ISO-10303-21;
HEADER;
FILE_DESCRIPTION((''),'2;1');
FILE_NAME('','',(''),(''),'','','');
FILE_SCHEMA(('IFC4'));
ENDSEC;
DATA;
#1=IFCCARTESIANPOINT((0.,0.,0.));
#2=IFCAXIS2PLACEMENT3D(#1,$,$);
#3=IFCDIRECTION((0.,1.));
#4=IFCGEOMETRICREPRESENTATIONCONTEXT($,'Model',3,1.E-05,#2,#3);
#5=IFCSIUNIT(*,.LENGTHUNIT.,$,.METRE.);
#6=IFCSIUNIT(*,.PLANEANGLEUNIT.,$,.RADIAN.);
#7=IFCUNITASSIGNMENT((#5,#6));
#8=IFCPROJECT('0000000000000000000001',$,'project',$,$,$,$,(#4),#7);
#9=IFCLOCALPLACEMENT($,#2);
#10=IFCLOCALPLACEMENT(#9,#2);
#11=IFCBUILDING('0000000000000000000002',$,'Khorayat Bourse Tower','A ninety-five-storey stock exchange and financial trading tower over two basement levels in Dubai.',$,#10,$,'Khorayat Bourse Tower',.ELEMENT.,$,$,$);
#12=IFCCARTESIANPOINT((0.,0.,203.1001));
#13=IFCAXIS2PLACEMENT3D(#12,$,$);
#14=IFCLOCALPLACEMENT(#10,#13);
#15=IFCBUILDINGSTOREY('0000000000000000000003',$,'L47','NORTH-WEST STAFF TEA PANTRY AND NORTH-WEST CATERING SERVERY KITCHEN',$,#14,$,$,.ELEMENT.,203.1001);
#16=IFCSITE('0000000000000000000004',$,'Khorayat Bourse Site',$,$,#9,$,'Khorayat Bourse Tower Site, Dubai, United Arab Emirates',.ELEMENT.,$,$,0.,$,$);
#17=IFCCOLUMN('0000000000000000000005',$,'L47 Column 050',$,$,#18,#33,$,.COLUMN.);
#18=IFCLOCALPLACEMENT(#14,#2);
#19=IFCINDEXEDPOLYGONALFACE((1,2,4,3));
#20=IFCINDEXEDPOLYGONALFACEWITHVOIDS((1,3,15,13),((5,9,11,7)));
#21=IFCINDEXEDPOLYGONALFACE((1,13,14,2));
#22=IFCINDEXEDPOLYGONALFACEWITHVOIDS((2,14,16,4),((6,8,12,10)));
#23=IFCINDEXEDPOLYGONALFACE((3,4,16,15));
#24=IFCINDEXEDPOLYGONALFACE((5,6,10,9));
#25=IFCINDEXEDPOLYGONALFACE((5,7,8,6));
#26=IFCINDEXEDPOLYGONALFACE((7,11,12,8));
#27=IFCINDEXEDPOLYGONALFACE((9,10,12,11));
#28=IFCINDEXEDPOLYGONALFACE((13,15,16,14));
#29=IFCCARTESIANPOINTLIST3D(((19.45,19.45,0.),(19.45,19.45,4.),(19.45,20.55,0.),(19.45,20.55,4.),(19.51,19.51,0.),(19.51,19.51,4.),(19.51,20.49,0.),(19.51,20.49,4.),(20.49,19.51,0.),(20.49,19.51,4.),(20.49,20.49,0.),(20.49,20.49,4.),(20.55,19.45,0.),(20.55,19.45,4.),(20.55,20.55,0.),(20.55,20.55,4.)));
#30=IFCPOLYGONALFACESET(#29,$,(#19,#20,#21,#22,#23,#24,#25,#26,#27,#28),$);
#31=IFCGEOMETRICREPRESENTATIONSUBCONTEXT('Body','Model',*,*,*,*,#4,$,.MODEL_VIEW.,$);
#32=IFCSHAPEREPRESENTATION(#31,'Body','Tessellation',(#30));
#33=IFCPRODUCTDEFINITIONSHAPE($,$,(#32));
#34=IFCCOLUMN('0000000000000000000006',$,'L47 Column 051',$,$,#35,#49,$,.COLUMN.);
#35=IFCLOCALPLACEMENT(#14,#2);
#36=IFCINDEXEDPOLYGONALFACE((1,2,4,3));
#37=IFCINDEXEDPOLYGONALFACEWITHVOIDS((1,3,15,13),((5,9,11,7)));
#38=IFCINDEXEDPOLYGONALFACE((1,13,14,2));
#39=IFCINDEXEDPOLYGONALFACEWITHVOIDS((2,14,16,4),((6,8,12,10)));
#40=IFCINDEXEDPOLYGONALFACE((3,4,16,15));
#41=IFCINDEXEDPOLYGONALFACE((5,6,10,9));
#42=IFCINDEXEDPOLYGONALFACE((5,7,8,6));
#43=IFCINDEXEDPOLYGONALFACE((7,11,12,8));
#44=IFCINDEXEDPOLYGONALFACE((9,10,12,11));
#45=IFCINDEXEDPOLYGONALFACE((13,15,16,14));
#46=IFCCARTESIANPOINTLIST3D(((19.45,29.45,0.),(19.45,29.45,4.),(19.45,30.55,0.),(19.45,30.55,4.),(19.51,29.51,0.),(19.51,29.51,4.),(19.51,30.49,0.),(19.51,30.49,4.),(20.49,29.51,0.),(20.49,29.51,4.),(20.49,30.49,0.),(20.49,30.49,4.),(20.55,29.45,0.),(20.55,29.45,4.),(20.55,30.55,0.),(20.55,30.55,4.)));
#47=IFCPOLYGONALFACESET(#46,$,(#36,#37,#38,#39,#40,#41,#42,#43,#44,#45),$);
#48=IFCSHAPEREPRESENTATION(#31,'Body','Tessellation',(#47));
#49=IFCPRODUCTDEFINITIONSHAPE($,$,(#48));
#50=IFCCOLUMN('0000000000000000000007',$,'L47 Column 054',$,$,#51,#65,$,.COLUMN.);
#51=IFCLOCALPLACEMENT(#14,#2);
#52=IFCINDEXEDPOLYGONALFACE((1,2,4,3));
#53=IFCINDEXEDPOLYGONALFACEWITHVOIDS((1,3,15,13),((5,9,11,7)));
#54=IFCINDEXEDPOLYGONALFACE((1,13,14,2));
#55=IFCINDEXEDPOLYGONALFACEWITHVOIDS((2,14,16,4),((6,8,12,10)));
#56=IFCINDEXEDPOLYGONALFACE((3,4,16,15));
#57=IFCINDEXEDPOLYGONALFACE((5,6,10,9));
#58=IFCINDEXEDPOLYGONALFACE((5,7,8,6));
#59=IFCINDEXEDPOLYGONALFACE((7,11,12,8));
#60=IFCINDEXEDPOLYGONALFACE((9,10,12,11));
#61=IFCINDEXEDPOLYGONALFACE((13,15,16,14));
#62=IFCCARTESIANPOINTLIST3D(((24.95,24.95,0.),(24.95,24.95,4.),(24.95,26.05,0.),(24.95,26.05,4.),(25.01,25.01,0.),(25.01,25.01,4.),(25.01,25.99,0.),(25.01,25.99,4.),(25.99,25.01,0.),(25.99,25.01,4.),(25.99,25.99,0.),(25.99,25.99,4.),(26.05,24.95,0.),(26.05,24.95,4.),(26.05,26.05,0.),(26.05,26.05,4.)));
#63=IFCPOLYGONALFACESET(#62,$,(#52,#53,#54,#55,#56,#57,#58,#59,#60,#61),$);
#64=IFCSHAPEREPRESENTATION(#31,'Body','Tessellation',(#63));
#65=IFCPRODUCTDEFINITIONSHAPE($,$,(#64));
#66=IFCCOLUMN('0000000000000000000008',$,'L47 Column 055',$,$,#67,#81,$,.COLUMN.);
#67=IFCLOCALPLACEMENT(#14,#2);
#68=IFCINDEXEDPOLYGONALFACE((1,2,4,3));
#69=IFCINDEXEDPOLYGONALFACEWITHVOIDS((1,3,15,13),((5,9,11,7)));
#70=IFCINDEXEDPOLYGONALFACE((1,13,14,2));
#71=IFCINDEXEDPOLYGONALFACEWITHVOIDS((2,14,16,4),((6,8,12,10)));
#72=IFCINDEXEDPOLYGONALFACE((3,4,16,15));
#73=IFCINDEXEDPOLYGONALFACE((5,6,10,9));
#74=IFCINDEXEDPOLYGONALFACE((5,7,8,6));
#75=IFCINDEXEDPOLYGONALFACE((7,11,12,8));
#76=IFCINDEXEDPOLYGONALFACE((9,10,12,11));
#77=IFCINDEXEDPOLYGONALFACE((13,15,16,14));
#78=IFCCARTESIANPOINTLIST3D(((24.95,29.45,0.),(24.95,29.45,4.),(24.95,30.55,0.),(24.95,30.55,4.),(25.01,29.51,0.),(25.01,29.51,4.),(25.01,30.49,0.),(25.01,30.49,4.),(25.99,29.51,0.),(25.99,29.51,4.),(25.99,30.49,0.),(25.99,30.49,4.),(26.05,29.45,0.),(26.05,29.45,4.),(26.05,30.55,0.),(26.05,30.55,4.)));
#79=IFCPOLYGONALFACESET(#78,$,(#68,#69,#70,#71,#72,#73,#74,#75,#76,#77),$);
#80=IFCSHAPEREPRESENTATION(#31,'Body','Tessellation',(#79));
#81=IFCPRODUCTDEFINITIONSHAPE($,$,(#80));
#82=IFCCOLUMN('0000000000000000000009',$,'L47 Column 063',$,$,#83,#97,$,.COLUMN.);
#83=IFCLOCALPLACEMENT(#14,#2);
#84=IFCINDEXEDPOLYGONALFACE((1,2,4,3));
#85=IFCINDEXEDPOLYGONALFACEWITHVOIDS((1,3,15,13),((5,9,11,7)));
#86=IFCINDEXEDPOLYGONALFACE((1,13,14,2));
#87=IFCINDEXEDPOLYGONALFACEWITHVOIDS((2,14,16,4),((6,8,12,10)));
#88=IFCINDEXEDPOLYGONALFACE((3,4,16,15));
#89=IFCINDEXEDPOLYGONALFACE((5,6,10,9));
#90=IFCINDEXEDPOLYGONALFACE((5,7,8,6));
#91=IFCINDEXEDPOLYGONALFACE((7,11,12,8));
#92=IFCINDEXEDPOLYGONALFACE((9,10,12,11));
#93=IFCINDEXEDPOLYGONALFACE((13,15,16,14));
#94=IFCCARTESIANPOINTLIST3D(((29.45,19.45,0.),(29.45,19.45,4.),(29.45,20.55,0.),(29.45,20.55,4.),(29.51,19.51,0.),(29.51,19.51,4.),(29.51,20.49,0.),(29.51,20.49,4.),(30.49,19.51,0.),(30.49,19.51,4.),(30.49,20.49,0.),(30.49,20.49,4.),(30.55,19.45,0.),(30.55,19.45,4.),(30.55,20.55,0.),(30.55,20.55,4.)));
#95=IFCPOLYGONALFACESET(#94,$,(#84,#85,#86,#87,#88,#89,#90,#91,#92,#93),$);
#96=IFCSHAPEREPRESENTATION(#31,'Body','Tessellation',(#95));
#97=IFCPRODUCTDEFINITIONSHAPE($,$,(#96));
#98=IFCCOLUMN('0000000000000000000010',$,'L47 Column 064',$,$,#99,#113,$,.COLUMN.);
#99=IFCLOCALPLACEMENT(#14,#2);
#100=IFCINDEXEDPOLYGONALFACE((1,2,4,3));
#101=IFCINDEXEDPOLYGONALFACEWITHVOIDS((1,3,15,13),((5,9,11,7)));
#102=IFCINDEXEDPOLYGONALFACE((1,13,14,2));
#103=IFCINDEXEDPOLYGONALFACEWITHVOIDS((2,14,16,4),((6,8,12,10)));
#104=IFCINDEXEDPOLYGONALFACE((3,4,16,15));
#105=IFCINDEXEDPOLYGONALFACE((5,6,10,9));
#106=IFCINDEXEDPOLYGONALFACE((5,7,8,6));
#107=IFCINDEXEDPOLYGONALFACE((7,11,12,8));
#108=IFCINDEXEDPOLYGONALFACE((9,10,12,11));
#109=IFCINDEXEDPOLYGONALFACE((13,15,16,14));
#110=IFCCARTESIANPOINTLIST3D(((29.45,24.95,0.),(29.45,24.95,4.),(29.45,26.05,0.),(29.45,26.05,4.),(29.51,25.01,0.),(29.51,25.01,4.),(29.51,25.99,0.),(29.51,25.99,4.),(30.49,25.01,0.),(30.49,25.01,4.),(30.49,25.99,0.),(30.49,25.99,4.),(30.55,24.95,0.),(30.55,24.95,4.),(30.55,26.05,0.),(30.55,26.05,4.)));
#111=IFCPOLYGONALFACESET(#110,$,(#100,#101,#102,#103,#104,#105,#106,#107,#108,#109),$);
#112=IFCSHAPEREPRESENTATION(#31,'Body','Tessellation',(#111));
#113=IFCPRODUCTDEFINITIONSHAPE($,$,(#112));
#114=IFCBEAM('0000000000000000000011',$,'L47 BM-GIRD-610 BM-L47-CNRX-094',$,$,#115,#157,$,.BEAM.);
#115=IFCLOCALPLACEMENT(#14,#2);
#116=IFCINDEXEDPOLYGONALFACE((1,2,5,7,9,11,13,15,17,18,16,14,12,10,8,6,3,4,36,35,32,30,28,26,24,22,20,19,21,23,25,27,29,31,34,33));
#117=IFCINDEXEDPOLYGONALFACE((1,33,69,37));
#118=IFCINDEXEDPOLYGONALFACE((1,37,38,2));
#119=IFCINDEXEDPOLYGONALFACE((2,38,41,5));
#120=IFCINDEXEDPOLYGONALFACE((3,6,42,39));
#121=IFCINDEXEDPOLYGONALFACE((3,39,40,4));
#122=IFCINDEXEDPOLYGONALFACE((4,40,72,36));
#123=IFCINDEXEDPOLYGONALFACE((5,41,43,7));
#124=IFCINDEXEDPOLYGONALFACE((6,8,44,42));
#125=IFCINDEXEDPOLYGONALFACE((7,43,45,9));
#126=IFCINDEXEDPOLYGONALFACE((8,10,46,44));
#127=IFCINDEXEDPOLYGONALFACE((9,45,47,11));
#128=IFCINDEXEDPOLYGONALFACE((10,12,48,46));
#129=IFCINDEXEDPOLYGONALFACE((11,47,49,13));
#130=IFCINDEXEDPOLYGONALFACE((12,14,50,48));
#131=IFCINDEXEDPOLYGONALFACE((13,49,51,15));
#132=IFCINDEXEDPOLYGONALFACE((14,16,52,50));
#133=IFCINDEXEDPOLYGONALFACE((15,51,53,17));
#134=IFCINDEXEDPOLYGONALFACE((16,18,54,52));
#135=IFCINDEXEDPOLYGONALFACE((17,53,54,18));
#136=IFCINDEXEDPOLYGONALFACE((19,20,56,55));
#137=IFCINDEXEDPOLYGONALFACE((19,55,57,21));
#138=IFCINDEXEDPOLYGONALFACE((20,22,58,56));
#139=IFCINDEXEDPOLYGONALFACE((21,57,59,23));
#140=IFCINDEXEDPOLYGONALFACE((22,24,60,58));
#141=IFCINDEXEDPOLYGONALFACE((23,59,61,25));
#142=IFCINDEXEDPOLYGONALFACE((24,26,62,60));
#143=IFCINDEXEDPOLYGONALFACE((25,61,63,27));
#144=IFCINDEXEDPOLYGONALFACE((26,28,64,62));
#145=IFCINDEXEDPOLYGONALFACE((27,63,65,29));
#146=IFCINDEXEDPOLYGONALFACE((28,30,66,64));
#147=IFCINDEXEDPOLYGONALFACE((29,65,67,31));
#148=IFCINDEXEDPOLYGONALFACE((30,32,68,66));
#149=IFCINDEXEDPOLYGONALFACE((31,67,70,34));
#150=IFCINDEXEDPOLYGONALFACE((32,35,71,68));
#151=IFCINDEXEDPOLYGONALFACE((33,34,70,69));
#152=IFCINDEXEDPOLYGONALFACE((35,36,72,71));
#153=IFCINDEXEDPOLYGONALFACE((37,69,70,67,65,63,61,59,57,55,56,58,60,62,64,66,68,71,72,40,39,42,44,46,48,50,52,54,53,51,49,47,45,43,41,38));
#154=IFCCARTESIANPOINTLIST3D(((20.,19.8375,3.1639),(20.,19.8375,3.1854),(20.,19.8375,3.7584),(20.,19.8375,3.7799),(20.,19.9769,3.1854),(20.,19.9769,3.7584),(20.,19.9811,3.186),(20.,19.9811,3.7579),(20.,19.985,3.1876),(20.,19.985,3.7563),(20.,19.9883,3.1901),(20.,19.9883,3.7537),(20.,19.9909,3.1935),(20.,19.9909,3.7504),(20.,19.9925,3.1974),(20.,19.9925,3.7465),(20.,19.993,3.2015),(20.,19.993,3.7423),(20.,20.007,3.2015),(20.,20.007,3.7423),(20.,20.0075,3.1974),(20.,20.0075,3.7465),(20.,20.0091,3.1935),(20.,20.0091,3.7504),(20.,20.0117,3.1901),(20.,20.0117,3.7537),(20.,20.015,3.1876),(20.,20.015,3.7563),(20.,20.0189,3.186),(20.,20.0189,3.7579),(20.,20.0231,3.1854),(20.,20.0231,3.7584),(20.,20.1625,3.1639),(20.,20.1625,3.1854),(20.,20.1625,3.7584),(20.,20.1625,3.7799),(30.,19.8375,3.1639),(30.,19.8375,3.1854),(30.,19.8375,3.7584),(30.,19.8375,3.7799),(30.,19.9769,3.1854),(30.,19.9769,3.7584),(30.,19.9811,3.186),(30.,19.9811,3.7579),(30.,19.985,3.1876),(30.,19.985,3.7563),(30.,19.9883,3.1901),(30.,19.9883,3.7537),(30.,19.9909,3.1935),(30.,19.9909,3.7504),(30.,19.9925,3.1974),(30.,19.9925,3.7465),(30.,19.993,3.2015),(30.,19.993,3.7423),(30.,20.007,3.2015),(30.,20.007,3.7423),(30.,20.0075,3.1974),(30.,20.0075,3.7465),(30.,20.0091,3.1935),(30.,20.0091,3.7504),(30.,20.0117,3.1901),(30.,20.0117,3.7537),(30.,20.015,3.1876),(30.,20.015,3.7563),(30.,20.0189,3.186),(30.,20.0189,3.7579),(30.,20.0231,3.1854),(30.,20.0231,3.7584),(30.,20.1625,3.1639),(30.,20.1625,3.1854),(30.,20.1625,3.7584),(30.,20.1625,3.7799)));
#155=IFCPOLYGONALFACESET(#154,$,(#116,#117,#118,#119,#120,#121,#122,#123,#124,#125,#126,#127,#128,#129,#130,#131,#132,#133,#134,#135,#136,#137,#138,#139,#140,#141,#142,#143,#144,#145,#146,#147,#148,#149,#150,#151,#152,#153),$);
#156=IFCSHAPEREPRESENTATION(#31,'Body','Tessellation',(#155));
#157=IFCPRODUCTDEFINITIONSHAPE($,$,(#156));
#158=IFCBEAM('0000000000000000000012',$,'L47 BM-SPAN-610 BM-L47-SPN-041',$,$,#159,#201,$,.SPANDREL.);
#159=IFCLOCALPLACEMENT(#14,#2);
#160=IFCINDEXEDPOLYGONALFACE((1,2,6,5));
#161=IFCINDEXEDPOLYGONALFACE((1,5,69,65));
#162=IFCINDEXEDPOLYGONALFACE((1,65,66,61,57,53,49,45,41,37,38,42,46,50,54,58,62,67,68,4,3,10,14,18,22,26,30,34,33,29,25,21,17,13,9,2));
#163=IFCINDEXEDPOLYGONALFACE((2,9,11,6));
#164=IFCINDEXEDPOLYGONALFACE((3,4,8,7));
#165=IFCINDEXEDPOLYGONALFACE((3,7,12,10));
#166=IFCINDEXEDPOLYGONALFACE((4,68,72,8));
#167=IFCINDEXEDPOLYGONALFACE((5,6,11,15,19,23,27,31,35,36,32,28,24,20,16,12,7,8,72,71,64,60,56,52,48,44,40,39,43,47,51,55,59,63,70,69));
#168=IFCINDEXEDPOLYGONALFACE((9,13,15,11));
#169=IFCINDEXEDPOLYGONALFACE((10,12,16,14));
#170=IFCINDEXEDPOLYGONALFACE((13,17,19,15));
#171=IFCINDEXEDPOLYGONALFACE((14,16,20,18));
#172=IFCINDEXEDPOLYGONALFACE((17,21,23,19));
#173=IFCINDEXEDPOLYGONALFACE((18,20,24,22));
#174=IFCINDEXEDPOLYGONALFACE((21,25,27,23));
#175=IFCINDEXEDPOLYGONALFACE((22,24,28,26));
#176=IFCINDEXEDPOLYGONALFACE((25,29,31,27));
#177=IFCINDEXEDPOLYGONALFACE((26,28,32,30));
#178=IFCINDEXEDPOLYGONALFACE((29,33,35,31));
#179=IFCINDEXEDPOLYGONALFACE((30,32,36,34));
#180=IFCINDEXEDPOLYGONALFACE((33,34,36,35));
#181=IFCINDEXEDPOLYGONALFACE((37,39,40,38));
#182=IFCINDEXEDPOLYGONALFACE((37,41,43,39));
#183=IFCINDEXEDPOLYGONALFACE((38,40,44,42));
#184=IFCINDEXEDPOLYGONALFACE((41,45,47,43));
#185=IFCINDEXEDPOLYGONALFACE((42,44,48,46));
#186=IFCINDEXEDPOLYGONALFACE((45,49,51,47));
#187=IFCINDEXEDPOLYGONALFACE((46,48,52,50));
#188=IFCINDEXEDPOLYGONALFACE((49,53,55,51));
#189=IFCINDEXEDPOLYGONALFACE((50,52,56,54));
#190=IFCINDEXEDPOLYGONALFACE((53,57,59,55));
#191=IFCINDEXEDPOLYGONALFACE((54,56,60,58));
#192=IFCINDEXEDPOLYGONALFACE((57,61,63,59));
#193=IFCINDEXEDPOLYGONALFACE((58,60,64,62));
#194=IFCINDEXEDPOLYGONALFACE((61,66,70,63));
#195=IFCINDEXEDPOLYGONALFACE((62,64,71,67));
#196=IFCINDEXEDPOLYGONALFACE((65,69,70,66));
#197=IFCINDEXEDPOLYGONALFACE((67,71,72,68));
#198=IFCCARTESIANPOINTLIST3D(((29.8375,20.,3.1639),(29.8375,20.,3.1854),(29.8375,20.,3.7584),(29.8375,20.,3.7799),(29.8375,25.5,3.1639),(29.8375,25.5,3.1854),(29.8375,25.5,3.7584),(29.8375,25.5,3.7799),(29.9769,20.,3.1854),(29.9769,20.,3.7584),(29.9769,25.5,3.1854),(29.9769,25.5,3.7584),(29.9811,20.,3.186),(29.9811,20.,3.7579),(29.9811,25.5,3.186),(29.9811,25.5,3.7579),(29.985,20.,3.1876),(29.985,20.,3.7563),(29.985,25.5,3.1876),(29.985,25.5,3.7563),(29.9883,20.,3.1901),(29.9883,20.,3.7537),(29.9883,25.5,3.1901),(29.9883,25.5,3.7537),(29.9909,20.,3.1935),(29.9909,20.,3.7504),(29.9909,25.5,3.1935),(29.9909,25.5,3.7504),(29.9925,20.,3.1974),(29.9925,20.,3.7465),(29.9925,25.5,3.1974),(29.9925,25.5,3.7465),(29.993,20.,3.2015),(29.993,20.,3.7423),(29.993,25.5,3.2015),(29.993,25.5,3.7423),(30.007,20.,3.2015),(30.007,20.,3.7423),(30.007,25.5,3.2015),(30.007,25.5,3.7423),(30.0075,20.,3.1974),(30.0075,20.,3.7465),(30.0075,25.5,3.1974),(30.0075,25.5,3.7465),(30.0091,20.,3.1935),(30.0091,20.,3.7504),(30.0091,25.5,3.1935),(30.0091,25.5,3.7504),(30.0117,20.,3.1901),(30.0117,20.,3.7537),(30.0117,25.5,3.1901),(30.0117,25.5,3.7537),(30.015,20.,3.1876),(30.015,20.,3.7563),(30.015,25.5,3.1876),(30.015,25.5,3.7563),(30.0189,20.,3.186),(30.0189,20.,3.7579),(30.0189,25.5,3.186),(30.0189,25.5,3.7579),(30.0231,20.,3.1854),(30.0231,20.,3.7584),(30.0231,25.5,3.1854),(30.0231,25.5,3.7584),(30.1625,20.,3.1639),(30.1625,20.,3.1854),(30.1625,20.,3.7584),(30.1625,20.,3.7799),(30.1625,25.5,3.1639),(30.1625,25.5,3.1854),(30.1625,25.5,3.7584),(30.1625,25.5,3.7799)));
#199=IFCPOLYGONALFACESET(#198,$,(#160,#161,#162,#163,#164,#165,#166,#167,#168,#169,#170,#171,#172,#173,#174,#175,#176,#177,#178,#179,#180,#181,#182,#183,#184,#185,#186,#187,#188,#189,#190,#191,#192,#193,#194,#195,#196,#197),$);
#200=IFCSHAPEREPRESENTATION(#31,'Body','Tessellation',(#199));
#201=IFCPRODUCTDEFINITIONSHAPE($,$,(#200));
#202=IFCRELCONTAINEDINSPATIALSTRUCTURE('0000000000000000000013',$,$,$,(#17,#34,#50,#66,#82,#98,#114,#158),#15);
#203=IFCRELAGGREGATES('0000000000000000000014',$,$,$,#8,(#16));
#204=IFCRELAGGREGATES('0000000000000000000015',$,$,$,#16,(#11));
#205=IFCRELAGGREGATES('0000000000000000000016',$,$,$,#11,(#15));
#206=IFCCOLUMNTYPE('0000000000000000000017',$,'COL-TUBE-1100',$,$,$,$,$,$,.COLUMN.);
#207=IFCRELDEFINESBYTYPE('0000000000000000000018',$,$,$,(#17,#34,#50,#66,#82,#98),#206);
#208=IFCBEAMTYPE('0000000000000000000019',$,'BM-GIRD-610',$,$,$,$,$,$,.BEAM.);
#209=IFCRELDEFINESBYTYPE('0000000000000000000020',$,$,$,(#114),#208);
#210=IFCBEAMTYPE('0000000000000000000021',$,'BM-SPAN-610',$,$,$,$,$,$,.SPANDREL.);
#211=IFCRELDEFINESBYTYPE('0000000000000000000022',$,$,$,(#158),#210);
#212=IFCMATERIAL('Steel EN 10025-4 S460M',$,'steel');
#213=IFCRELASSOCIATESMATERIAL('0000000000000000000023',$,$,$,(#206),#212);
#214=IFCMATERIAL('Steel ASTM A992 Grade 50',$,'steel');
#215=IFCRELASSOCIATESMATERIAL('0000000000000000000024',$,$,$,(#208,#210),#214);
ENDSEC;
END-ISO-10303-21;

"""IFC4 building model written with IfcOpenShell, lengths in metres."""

from ifc_helpers import new_model, si_unit, direction, frame, origin, origin_2d, place, context, subcontext, project, spatial, hollow_rectangle, i_section, extrude, source, transform, mapped, material, material_profile, profile_set, type_object, element, save


model = new_model("IFC4")

# Units and contexts
model_context = context("Model", 3, precision=1e-05, world=origin(), true_north=direction((0.0, 1.0)))
body_context = subcontext(model_context, "Body", "Model", "MODEL_VIEW")
ifc_project = project(units=[si_unit("LENGTHUNIT", "METRE"), si_unit("PLANEANGLEUNIT", "RADIAN")], contexts=[model_context])

# Site, building, storey
site_placement = place(None, origin())
site = spatial("IfcSite", under=ifc_project, at=site_placement, Name="Khorayat Bourse Site", LongName="Khorayat Bourse Tower Site, Dubai, United Arab Emirates", CompositionType="ELEMENT", RefElevation=0.0)
building_placement = place(site_placement, origin())
building = spatial("IfcBuilding", under=site, at=building_placement, Name="Khorayat Bourse Tower", Description="A ninety-five-storey stock exchange and financial trading tower over two basement levels in Dubai.", LongName="Khorayat Bourse Tower", CompositionType="ELEMENT")
storey_placement = place(building_placement, frame((0.0, 0.0, 203.1001)))
storey = spatial("IfcBuildingStorey", under=building, at=storey_placement, Name="L47", Description="NORTH-WEST STAFF TEA PANTRY AND NORTH-WEST CATERING SERVERY KITCHEN", CompositionType="ELEMENT", Elevation=203.1001)

# Columns
ifc_material_1 = material(Name="Steel EN 10025-4 S460M", Category="steel")
ifc_material_profile_1 = material_profile(ifc_material_1, hollow_rectangle(XDim=1.1001, YDim=1.1001, WallThickness=0.0601, at=origin_2d()), Name="BOX 1100x1100x60")
ifc_profile_set_1 = profile_set([ifc_material_profile_1], Name="Steel EN 10025-4 S460M")
column_type = type_object("IfcColumnType", Name="COL-TUBE-1100", PredefinedType="COLUMN", material=ifc_profile_set_1)
shared_shape_1 = source(origin(), body_context, "Body", "SweptSolid", [
    extrude(hollow_rectangle(XDim=1.1001, YDim=1.1001, WallThickness=0.0601, at=origin_2d()), origin(), (0.0, 0.0, 1.0), 4.0),
])
for number, where, z_axis, x_axis, name in (
    (1, (20.0, 20.0, 0.0), (0.0, 0.0, 1.0), (1.0, 0.0, 0.0), "L47 Column 050"),
    (2, (20.0, 30.0, 0.0), (0.0, 0.0, 1.0), (1.0, 0.0, 0.0), "L47 Column 051"),
    (3, (25.5, 25.5, 0.0), (0.0, 0.0, 1.0), (1.0, 0.0, 0.0), "L47 Column 054"),
    (4, (25.5, 30.0, 0.0), (0.0, 0.0, 1.0), (1.0, 0.0, 0.0), "L47 Column 055"),
    (5, (30.0, 20.0, 0.0), (0.0, 0.0, 1.0), (1.0, 0.0, 0.0), "L47 Column 063"),
    (6, (30.0, 25.5, 0.0), (0.0, 0.0, 1.0), (1.0, 0.0, 0.0), "L47 Column 064"),
):
    element("IfcColumn", number, at=place(storey_placement, frame(where, z_axis=z_axis, x_axis=x_axis)), inside=storey, type_object=column_type, Name=name, PredefinedType="COLUMN", context=body_context, shape_type="MappedRepresentation", body=[
        mapped(shared_shape_1, transform((0.0, 0.0, 0.0), scale=1.0)),
    ])

# Beams
ifc_material_2 = material(Name="Steel ASTM A992 Grade 50", Category="steel")
ifc_material_profile_2 = material_profile(ifc_material_2, i_section(OverallWidth=0.325, OverallDepth=0.616, WebThickness=0.0139, FlangeThickness=0.0215, FilletRadius=0.0161, at=origin_2d()), Name="W610X174")
ifc_profile_set_2 = profile_set([ifc_material_profile_2], Name="Steel ASTM A992 Grade 50")
beam_type_1 = type_object("IfcBeamType", Name="BM-GIRD-610", PredefinedType="BEAM", material=ifc_profile_set_2)
shared_shape_2 = source(origin(), body_context, "Body", "SweptSolid", [
    extrude(i_section(OverallWidth=0.325, OverallDepth=0.616, WebThickness=0.0139, FlangeThickness=0.0215, FilletRadius=0.0161, at=origin_2d()), origin(), (0.0, 0.0, 1.0), 10.0),
])
beam_placement = place(storey_placement, frame((20.0, 20.0, 3.4719), z_axis=(1.0, 0.0, 0.0), x_axis=(0.0, 1.0, 0.0)))
element("IfcBeam", 7, at=beam_placement, inside=storey, type_object=beam_type_1, Name="L47 BM-GIRD-610 BM-L47-CNRX-094", PredefinedType="BEAM", context=body_context, shape_type="MappedRepresentation", body=[
    mapped(shared_shape_2, transform((0.0, 0.0, 0.0), scale=1.0)),
])
ifc_material_profile_3 = material_profile(ifc_material_2, i_section(OverallWidth=0.325, OverallDepth=0.616, WebThickness=0.0139, FlangeThickness=0.0215, FilletRadius=0.0161, at=origin_2d()), Name="W610X174")
ifc_profile_set_3 = profile_set([ifc_material_profile_3], Name="Steel ASTM A992 Grade 50")
beam_type_2 = type_object("IfcBeamType", Name="BM-SPAN-610", PredefinedType="SPANDREL", material=ifc_profile_set_3)
shared_shape_3 = source(origin(), body_context, "Body", "SweptSolid", [
    extrude(i_section(OverallWidth=0.325, OverallDepth=0.616, WebThickness=0.0139, FlangeThickness=0.0215, FilletRadius=0.0161, at=origin_2d()), origin(), (0.0, 0.0, 1.0), 5.5),
])
for number, where, z_axis, x_axis, name in (
    (8, (30.0, 20.0, 3.4719), (0.0, 1.0, 0.0), (-1.0, 0.0, 0.0), "L47 BM-SPAN-610 BM-L47-SPN-041"),
):
    element("IfcBeam", number, at=place(storey_placement, frame(where, z_axis=z_axis, x_axis=x_axis)), inside=storey, type_object=beam_type_2, Name=name, PredefinedType="SPANDREL", context=body_context, shape_type="MappedRepresentation", body=[
        mapped(shared_shape_3, transform((0.0, 0.0, 0.0), scale=1.0)),
    ])

save(model, "model.ifc")
